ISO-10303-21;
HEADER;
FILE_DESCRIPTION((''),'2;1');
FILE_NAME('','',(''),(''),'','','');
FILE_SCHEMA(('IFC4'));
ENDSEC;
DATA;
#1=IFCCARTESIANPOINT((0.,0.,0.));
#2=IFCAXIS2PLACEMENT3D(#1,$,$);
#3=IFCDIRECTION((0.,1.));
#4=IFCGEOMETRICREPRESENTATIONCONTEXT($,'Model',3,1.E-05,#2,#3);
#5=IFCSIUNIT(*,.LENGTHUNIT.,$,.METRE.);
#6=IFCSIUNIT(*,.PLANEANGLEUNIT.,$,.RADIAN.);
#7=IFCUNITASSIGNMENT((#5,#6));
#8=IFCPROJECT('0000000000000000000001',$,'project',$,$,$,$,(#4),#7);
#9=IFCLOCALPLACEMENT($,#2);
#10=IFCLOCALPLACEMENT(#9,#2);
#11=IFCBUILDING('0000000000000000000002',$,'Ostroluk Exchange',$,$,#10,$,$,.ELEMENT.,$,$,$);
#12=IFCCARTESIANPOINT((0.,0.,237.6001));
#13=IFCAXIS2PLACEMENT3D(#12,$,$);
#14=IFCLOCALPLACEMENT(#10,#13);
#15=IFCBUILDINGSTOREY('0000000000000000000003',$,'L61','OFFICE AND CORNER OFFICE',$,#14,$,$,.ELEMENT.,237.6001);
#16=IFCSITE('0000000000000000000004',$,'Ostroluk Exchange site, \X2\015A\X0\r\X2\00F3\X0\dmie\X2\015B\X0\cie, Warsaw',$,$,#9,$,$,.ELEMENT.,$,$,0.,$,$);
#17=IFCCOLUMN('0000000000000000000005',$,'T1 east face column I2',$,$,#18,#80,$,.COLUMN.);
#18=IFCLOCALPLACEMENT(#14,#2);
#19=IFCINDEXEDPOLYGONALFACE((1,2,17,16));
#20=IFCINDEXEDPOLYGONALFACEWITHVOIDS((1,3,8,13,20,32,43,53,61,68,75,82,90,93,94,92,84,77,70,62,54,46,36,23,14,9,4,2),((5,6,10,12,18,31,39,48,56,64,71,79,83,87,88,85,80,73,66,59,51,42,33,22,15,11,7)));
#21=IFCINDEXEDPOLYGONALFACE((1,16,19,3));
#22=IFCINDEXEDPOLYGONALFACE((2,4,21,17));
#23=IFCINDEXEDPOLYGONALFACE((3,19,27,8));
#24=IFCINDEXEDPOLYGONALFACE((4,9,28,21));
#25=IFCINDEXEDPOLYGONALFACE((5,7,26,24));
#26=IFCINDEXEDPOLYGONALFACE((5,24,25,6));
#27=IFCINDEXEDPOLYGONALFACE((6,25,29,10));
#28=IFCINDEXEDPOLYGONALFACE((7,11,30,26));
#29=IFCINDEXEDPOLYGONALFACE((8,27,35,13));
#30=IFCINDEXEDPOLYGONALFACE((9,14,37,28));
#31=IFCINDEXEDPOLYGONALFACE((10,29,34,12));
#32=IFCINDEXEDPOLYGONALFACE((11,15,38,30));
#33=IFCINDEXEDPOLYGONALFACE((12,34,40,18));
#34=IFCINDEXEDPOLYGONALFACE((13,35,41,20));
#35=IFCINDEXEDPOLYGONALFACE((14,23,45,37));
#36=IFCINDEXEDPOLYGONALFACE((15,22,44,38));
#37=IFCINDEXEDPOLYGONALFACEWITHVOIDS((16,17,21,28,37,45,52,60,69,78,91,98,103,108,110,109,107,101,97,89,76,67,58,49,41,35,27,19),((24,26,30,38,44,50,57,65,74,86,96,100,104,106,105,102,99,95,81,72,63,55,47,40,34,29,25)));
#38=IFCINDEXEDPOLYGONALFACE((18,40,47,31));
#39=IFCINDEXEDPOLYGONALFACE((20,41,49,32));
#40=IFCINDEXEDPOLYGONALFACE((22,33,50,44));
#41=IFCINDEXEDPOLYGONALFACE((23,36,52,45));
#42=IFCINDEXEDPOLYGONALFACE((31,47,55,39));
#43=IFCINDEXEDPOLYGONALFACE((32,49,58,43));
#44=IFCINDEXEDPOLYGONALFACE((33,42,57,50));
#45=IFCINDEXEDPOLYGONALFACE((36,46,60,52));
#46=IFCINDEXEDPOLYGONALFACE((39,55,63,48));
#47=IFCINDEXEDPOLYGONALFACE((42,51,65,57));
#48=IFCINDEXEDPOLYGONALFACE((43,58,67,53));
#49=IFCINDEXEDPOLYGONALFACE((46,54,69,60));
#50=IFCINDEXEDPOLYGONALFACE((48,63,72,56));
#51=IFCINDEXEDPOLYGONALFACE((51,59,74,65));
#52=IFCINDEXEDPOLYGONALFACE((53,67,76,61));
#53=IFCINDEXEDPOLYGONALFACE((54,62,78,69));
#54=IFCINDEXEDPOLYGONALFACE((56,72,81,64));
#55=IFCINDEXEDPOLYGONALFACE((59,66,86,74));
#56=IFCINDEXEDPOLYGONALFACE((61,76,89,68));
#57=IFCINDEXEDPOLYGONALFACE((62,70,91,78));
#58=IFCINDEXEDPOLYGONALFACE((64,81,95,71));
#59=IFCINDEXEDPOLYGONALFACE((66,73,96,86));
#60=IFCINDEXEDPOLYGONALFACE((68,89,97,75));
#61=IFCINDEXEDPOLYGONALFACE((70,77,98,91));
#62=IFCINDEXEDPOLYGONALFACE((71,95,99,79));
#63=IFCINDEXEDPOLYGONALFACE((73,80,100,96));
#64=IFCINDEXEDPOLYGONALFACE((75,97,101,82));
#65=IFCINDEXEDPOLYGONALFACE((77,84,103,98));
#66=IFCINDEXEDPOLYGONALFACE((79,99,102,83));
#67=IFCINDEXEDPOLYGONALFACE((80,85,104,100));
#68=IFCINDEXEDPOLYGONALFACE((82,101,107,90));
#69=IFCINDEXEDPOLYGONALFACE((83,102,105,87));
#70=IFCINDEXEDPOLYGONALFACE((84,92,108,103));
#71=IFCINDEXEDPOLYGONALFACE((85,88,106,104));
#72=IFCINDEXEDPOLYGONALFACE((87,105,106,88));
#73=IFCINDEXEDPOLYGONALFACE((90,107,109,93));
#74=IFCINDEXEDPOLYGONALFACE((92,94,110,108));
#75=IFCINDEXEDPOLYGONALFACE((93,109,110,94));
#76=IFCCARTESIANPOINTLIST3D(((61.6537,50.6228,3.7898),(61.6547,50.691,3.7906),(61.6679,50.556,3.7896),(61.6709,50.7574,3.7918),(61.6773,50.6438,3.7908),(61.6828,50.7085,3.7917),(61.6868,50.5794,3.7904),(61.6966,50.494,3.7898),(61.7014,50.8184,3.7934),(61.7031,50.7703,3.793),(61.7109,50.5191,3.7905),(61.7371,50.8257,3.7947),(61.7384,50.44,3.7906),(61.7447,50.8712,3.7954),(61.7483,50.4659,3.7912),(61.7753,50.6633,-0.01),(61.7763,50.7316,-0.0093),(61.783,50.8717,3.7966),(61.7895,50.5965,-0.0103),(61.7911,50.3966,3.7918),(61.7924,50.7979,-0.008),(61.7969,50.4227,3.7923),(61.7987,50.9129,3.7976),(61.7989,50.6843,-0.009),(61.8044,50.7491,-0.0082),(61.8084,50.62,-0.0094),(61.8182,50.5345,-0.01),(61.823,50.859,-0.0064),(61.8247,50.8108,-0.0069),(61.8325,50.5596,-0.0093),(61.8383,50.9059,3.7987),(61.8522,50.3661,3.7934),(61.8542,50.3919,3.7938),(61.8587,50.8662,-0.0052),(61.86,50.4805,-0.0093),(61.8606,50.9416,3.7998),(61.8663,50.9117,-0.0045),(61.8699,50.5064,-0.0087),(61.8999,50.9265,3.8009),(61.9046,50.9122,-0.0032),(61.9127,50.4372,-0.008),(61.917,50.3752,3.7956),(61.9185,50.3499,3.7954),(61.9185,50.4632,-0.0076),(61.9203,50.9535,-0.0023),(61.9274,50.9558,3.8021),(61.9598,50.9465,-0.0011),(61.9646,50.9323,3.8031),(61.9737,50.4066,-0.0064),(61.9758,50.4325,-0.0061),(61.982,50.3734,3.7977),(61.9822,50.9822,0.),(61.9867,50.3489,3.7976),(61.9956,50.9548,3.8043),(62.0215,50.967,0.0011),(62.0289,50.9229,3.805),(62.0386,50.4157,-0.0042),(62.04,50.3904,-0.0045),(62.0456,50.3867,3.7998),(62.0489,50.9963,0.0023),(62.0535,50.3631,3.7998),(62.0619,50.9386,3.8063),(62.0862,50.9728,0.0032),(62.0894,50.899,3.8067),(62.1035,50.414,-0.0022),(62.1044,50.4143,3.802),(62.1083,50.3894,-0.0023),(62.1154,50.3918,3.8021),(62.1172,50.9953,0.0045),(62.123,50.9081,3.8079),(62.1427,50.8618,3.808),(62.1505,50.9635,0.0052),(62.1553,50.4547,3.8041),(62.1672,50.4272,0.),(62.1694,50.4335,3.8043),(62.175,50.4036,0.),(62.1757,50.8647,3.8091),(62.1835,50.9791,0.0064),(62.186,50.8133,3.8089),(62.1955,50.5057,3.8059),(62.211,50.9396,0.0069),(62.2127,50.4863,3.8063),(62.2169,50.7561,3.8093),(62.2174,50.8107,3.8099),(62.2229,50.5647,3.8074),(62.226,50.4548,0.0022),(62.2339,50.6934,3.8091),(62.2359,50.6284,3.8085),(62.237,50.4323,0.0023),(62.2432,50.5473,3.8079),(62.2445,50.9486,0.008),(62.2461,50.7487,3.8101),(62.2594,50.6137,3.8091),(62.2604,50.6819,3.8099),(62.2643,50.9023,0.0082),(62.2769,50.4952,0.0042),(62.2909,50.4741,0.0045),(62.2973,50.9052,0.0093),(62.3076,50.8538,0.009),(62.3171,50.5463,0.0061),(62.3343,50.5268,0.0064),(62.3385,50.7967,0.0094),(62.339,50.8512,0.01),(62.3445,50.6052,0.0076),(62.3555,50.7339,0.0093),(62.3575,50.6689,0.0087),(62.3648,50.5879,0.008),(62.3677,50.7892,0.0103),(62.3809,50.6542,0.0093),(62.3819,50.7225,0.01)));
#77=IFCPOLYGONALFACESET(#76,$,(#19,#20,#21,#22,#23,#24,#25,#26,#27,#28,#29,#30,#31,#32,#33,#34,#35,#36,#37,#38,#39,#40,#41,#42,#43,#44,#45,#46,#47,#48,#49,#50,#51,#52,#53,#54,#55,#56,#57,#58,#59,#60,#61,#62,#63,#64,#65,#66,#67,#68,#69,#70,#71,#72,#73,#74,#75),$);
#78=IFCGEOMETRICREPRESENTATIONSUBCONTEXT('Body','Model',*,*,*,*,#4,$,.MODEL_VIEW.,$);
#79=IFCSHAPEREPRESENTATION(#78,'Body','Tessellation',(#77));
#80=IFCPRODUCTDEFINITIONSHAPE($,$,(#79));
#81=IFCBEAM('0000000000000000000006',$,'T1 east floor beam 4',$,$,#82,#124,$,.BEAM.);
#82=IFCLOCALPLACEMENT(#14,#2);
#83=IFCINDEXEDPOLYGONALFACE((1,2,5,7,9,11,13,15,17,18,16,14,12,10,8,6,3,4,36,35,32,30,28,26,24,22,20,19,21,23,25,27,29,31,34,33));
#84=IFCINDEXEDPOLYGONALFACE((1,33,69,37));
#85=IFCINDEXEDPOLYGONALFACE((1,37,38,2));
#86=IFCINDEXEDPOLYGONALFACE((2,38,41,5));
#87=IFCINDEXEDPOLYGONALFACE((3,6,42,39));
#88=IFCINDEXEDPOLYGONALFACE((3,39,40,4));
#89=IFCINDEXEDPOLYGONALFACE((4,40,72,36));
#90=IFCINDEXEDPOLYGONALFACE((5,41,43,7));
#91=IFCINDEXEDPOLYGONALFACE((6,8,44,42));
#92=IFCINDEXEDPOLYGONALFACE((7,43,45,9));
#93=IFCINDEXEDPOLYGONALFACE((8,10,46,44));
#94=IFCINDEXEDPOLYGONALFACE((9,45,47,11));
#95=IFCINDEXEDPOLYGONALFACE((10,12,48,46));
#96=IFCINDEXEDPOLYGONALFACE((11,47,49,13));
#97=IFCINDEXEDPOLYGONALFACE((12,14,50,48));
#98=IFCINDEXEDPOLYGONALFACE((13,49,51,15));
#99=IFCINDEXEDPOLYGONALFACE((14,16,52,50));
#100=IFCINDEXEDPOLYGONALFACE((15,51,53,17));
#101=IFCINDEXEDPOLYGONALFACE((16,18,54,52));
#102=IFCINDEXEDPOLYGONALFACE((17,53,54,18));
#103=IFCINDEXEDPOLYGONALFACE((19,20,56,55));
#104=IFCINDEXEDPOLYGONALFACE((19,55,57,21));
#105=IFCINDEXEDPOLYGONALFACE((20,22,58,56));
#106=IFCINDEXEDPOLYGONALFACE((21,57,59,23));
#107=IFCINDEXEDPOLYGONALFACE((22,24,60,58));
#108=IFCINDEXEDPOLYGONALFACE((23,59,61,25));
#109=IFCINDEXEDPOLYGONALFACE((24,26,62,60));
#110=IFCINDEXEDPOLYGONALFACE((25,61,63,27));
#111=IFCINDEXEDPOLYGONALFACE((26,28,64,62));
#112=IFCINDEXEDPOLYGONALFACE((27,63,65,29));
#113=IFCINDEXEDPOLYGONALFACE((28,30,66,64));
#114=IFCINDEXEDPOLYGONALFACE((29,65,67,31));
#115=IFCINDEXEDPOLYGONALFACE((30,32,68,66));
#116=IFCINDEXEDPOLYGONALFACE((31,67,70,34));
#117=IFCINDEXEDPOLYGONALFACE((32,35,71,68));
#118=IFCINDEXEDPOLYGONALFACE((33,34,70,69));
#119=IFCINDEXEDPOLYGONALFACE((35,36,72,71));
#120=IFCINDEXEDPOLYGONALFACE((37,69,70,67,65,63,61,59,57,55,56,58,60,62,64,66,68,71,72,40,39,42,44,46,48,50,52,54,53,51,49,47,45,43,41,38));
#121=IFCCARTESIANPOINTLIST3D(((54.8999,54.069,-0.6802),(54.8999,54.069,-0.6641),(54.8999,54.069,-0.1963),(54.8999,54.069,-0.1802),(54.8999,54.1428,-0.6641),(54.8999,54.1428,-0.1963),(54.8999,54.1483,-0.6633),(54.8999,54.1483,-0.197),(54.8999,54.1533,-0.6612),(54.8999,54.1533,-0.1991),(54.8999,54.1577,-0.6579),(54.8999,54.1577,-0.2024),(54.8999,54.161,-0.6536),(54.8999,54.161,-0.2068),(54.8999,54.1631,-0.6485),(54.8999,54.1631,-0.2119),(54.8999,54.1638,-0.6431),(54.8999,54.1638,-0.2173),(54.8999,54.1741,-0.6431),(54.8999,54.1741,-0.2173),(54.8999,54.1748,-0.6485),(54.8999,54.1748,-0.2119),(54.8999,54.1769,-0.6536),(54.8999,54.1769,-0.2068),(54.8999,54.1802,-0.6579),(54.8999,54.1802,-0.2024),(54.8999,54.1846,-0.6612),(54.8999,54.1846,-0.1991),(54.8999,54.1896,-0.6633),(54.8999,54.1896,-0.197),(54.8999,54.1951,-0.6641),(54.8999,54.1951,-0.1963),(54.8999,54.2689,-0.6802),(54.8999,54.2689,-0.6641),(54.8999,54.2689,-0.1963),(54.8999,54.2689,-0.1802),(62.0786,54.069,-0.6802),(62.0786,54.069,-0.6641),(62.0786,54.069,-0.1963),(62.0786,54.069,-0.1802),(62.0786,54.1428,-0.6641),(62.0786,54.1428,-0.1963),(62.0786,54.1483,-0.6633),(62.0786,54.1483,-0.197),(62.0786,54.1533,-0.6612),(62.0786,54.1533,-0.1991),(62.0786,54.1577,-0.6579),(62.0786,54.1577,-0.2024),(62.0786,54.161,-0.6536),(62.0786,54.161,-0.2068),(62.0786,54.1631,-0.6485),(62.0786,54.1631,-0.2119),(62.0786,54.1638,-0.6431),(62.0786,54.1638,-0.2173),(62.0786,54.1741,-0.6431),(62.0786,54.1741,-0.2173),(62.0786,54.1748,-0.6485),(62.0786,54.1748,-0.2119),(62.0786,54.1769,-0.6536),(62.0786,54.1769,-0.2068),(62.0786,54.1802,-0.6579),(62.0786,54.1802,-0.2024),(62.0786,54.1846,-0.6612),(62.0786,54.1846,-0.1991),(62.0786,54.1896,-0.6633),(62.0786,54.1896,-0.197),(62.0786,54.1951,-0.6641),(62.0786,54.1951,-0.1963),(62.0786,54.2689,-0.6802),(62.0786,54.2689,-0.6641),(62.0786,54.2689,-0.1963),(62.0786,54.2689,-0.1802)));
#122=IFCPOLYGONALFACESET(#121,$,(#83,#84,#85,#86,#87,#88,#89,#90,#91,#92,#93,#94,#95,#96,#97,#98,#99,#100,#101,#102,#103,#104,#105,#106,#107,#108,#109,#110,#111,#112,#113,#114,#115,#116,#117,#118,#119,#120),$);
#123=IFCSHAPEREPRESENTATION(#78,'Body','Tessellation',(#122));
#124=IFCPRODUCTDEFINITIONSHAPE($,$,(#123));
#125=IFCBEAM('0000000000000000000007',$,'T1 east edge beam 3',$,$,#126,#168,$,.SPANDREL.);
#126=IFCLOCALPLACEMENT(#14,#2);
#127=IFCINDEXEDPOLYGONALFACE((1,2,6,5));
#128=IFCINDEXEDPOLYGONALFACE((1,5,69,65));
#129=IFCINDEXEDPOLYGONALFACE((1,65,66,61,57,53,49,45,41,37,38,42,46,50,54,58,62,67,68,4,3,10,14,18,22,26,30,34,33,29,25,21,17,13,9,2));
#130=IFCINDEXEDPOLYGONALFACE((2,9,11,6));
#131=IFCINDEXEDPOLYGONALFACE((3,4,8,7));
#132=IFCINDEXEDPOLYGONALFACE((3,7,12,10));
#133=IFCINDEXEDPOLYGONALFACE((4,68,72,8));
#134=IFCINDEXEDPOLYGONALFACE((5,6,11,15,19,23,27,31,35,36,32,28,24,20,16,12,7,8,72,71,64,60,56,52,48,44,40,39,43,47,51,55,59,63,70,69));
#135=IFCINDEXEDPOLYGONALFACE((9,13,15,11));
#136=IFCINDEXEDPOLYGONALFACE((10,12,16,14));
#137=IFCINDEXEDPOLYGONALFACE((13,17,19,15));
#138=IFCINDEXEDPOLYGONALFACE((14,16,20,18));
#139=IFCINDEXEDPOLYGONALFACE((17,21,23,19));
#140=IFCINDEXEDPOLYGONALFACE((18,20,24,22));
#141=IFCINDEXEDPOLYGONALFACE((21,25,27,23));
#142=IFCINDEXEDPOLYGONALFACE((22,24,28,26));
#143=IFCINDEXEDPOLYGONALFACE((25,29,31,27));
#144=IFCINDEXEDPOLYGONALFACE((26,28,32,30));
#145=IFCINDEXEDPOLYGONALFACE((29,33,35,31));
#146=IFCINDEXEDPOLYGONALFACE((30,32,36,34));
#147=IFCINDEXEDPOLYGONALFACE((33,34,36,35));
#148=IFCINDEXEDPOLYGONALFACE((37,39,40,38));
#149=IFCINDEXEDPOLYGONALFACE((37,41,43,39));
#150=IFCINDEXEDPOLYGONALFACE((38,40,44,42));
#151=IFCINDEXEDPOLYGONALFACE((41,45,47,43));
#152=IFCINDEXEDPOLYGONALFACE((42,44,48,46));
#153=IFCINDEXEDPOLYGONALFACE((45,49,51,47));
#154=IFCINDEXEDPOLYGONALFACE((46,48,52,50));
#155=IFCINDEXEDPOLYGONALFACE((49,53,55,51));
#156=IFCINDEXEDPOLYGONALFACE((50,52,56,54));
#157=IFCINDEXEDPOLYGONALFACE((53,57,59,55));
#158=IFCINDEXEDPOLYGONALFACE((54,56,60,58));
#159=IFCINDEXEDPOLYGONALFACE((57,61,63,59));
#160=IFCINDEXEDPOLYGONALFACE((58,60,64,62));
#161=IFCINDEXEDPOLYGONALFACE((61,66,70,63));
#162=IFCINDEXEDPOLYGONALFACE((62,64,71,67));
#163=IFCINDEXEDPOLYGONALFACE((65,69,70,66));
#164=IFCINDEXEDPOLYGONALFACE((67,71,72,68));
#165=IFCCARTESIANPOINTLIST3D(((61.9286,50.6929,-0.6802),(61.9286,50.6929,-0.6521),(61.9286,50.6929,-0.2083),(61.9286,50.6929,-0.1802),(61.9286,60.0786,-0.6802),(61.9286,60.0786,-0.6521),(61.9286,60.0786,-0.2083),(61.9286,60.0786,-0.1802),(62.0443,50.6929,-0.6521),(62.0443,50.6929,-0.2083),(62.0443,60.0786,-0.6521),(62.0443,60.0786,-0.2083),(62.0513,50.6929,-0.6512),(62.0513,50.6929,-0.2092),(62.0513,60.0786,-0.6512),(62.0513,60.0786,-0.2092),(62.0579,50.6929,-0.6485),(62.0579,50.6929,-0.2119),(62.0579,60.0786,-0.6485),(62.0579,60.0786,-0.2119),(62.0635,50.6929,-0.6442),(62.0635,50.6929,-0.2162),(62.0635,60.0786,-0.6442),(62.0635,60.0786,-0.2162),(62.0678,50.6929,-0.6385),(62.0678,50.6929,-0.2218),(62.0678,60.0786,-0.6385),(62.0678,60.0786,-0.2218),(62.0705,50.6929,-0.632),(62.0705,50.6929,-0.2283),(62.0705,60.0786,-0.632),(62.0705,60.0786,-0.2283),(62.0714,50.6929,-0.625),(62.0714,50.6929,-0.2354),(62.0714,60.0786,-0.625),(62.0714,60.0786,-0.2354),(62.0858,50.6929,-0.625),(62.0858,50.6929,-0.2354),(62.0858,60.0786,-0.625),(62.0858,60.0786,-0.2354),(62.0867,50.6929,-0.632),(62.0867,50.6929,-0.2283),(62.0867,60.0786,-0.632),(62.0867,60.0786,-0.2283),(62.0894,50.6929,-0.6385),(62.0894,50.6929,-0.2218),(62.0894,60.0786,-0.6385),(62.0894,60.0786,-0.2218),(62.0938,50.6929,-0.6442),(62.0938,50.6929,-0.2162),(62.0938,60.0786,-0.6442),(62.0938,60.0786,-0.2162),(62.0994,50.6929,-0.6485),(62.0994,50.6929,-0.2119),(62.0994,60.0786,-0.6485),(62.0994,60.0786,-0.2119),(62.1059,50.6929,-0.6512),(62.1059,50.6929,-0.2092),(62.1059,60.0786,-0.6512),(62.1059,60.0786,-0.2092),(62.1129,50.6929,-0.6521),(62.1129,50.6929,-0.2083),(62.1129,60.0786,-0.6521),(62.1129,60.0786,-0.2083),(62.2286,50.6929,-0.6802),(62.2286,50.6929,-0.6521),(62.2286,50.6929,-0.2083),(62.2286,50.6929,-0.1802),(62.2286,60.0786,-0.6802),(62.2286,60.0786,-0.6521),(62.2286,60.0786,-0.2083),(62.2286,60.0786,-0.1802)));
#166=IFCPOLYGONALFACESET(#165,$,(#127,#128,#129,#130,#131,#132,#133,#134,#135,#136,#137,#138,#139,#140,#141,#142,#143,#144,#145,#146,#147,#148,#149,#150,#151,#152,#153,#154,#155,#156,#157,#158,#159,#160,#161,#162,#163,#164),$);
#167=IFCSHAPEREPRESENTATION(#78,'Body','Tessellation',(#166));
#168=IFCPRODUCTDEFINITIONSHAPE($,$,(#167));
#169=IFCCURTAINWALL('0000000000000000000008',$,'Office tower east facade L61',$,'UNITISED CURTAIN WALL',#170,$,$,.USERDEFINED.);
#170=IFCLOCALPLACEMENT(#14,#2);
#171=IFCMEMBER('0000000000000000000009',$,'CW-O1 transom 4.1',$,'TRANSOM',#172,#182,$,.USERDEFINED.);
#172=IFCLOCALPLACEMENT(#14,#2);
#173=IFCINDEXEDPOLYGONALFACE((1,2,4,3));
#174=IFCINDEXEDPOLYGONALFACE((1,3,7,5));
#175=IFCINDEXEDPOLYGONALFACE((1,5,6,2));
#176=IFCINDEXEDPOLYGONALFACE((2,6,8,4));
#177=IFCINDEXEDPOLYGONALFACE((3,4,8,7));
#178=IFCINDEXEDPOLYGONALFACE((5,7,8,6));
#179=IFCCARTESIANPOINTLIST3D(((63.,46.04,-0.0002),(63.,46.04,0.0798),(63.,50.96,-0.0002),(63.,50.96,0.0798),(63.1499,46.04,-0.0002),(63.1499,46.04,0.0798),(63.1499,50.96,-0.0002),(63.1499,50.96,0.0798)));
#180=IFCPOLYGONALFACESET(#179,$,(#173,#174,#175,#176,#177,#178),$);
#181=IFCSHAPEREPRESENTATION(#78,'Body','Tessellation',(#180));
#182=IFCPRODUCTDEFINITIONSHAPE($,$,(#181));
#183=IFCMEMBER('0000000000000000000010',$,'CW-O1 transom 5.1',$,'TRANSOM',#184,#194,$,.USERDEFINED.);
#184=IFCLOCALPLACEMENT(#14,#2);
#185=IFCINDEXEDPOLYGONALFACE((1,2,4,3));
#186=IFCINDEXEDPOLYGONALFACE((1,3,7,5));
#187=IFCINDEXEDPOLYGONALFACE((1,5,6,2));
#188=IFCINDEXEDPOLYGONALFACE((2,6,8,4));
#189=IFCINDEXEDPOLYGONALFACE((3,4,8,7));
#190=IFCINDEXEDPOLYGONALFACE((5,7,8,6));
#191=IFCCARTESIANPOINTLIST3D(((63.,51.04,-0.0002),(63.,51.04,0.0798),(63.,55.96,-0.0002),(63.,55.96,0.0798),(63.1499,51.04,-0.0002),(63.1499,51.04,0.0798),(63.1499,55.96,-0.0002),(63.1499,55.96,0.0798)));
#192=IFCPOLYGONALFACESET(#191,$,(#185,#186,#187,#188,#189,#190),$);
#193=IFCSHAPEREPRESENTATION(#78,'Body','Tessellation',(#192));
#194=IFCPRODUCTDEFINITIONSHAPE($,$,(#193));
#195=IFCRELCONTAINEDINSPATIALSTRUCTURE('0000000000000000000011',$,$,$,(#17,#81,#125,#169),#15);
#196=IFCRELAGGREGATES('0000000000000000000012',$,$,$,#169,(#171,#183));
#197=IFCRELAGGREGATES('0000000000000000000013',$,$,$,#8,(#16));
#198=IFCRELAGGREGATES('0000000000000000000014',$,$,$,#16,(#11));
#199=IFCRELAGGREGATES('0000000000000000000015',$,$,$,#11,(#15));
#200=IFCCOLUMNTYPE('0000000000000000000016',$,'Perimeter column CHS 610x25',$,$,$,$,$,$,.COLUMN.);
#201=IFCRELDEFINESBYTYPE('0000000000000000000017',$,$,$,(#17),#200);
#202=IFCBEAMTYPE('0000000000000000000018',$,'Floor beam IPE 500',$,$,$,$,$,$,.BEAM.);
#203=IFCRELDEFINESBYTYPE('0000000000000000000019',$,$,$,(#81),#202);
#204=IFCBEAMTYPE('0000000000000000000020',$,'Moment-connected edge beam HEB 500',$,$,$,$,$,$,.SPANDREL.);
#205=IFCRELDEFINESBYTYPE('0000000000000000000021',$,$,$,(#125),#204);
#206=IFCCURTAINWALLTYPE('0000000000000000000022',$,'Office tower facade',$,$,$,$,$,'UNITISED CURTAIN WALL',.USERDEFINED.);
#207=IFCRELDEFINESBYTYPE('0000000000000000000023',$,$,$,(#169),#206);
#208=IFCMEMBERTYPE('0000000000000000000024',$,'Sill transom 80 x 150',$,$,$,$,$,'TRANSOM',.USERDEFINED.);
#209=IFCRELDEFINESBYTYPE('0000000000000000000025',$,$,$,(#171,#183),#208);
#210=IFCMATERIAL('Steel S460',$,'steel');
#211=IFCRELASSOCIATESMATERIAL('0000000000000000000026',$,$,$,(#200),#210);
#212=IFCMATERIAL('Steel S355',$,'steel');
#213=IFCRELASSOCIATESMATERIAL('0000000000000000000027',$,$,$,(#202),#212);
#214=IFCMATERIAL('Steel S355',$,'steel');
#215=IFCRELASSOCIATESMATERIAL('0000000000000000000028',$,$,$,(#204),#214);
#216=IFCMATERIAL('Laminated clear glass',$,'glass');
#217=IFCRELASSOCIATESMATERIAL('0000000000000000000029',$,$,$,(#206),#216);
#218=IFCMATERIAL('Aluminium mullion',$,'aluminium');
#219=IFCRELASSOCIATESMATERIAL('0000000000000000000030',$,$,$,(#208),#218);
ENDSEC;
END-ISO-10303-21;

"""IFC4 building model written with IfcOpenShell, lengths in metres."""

from ifc_helpers import new_model, si_unit, direction, frame, origin, origin_2d, place, context, subcontext, project, spatial, rectangle, hollow_circle, i_section, extrude, material, material_profile, profile_set, type_object, element, aggregate, save


model = new_model("IFC4")

# Units and contexts
model_context = context("Model", 3, precision=1e-05, world=origin(), true_north=direction((0.0, 1.0)))
body_context = subcontext(model_context, "Body", "Model", "MODEL_VIEW")
ifc_project = project(units=[si_unit("LENGTHUNIT", "METRE"), si_unit("PLANEANGLEUNIT", "RADIAN")], contexts=[model_context])

# Site, building, storey
site_placement = place(None, origin())
site = spatial("IfcSite", under=ifc_project, at=site_placement, Name="Ostroluk Exchange site, Śródmieście, Warsaw", CompositionType="ELEMENT", RefElevation=0.0)
building_placement = place(site_placement, origin())
building = spatial("IfcBuilding", under=site, at=building_placement, Name="Ostroluk Exchange", CompositionType="ELEMENT")
storey_placement = place(building_placement, frame((0.0, 0.0, 237.6001)))
storey = spatial("IfcBuildingStorey", under=building, at=storey_placement, Name="L61", Description="OFFICE AND CORNER OFFICE", CompositionType="ELEMENT", Elevation=237.6001)

# Column
ifc_material_1 = material(Name="Steel S460", Category="steel")
ifc_material_profile_1 = material_profile(ifc_material_1, hollow_circle(Radius=0.3049, WallThickness=0.0249, at=origin_2d()), Name="CHS 610x25")
ifc_profile_set_1 = profile_set([ifc_material_profile_1], Name="Steel S460")
column_type = type_object("IfcColumnType", Name="Perimeter column CHS 610x25", PredefinedType="COLUMN", material=ifc_profile_set_1)
column_placement = place(storey_placement, frame((62.0786, 50.6929, 0.0), z_axis=(-0.031979, -0.01066, 0.999432), x_axis=(0.316228, -0.948683, 0.0)))
element("IfcColumn", 1, at=column_placement, inside=storey, type_object=column_type, Name="T1 east face column I2", PredefinedType="COLUMN", context=body_context, shape_type="SweptSolid", body=[
    extrude(hollow_circle(Radius=0.3049, WallThickness=0.0249, at=origin_2d()), origin(), (0.0, 0.0, 1.0), 3.802),
])

# Beams
ifc_material_2 = material(Name="Steel S355", Category="steel")
ifc_material_profile_2 = material_profile(ifc_material_2, i_section(OverallWidth=0.2, OverallDepth=0.5, WebThickness=0.0103, FlangeThickness=0.0161, FilletRadius=0.021, at=origin_2d()), Name="IPE 500")
ifc_profile_set_2 = profile_set([ifc_material_profile_2], Name="Steel S355")
beam_type_1 = type_object("IfcBeamType", Name="Floor beam IPE 500", PredefinedType="BEAM", material=ifc_profile_set_2)
beam_1_placement = place(storey_placement, frame((54.8999, 54.1689, -0.4302), z_axis=(1.0, 0.0, 0.0), x_axis=(0.0, 1.0, 0.0)))
element("IfcBeam", 2, at=beam_1_placement, inside=storey, type_object=beam_type_1, Name="T1 east floor beam 4", PredefinedType="BEAM", context=body_context, shape_type="SweptSolid", body=[
    extrude(i_section(OverallWidth=0.2, OverallDepth=0.5, WebThickness=0.0103, FlangeThickness=0.0161, FilletRadius=0.021, at=origin_2d()), origin(), (0.0, 0.0, 1.0), 7.1787),
])
ifc_material_3 = material(Name="Steel S355", Category="steel")
ifc_material_profile_3 = material_profile(ifc_material_3, i_section(OverallWidth=0.3, OverallDepth=0.5, WebThickness=0.0144, FlangeThickness=0.0281, FilletRadius=0.0271, at=origin_2d()), Name="HEB 500")
ifc_profile_set_3 = profile_set([ifc_material_profile_3], Name="Steel S355")
beam_type_2 = type_object("IfcBeamType", Name="Moment-connected edge beam HEB 500", PredefinedType="SPANDREL", material=ifc_profile_set_3)
beam_2_placement = place(storey_placement, frame((62.0786, 50.6929, -0.4302), z_axis=(0.0, 1.0, 0.0), x_axis=(-1.0, 0.0, 0.0)))
element("IfcBeam", 3, at=beam_2_placement, inside=storey, type_object=beam_type_2, Name="T1 east edge beam 3", PredefinedType="SPANDREL", context=body_context, shape_type="SweptSolid", body=[
    extrude(i_section(OverallWidth=0.3, OverallDepth=0.5, WebThickness=0.0144, FlangeThickness=0.0281, FilletRadius=0.0271, at=origin_2d()), origin(), (0.0, 0.0, 1.0), 9.3857),
])

# Curtain wall, members
ifc_material_4 = material(Name="Laminated clear glass", Category="glass")
curtain_wall_type = type_object("IfcCurtainWallType", Name="Office tower facade", ElementType="UNITISED CURTAIN WALL", PredefinedType="USERDEFINED", material=ifc_material_4)
curtain_wall_placement = place(storey_placement, origin())
curtain_wall = element("IfcCurtainWall", 4, at=curtain_wall_placement, inside=storey, type_object=curtain_wall_type, Name="Office tower east facade L61", ObjectType="UNITISED CURTAIN WALL", PredefinedType="USERDEFINED")
ifc_material_5 = material(Name="Aluminium mullion", Category="aluminium")
ifc_material_profile_4 = material_profile(ifc_material_5, rectangle(XDim=0.1499, YDim=0.0801, at=origin_2d()), Name="Sill transom 80 x 150")
ifc_profile_set_4 = profile_set([ifc_material_profile_4], Name="Aluminium mullion")
member_type_1 = type_object("IfcMemberType", Name="Sill transom 80 x 150", ElementType="TRANSOM", PredefinedType="USERDEFINED", material=ifc_profile_set_4)
member_1_placement = place(storey_placement, frame((63.075, 46.04, 0.0398), z_axis=(0.0, 1.0, 0.0), x_axis=(-1.0, 0.0, 0.0)))
member_1 = element("IfcMember", 5, at=member_1_placement, type_object=member_type_1, Name="CW-O1 transom 4.1", ObjectType="TRANSOM", PredefinedType="USERDEFINED", context=body_context, shape_type="SweptSolid", body=[
    extrude(rectangle(XDim=0.1499, YDim=0.0801, at=origin_2d()), origin(), (0.0, 0.0, 1.0), 4.9199),
])
member_2_placement = place(storey_placement, frame((63.075, 51.04, 0.0398), z_axis=(0.0, 1.0, 0.0), x_axis=(-1.0, 0.0, 0.0)))
member_2 = element("IfcMember", 6, at=member_2_placement, type_object=member_type_1, Name="CW-O1 transom 5.1", ObjectType="TRANSOM", PredefinedType="USERDEFINED", context=body_context, shape_type="SweptSolid", body=[
    extrude(rectangle(XDim=0.1499, YDim=0.0801, at=origin_2d()), origin(), (0.0, 0.0, 1.0), 4.9199),
])
aggregate(curtain_wall, [member_1, member_2])

save(model, "model.ifc")
